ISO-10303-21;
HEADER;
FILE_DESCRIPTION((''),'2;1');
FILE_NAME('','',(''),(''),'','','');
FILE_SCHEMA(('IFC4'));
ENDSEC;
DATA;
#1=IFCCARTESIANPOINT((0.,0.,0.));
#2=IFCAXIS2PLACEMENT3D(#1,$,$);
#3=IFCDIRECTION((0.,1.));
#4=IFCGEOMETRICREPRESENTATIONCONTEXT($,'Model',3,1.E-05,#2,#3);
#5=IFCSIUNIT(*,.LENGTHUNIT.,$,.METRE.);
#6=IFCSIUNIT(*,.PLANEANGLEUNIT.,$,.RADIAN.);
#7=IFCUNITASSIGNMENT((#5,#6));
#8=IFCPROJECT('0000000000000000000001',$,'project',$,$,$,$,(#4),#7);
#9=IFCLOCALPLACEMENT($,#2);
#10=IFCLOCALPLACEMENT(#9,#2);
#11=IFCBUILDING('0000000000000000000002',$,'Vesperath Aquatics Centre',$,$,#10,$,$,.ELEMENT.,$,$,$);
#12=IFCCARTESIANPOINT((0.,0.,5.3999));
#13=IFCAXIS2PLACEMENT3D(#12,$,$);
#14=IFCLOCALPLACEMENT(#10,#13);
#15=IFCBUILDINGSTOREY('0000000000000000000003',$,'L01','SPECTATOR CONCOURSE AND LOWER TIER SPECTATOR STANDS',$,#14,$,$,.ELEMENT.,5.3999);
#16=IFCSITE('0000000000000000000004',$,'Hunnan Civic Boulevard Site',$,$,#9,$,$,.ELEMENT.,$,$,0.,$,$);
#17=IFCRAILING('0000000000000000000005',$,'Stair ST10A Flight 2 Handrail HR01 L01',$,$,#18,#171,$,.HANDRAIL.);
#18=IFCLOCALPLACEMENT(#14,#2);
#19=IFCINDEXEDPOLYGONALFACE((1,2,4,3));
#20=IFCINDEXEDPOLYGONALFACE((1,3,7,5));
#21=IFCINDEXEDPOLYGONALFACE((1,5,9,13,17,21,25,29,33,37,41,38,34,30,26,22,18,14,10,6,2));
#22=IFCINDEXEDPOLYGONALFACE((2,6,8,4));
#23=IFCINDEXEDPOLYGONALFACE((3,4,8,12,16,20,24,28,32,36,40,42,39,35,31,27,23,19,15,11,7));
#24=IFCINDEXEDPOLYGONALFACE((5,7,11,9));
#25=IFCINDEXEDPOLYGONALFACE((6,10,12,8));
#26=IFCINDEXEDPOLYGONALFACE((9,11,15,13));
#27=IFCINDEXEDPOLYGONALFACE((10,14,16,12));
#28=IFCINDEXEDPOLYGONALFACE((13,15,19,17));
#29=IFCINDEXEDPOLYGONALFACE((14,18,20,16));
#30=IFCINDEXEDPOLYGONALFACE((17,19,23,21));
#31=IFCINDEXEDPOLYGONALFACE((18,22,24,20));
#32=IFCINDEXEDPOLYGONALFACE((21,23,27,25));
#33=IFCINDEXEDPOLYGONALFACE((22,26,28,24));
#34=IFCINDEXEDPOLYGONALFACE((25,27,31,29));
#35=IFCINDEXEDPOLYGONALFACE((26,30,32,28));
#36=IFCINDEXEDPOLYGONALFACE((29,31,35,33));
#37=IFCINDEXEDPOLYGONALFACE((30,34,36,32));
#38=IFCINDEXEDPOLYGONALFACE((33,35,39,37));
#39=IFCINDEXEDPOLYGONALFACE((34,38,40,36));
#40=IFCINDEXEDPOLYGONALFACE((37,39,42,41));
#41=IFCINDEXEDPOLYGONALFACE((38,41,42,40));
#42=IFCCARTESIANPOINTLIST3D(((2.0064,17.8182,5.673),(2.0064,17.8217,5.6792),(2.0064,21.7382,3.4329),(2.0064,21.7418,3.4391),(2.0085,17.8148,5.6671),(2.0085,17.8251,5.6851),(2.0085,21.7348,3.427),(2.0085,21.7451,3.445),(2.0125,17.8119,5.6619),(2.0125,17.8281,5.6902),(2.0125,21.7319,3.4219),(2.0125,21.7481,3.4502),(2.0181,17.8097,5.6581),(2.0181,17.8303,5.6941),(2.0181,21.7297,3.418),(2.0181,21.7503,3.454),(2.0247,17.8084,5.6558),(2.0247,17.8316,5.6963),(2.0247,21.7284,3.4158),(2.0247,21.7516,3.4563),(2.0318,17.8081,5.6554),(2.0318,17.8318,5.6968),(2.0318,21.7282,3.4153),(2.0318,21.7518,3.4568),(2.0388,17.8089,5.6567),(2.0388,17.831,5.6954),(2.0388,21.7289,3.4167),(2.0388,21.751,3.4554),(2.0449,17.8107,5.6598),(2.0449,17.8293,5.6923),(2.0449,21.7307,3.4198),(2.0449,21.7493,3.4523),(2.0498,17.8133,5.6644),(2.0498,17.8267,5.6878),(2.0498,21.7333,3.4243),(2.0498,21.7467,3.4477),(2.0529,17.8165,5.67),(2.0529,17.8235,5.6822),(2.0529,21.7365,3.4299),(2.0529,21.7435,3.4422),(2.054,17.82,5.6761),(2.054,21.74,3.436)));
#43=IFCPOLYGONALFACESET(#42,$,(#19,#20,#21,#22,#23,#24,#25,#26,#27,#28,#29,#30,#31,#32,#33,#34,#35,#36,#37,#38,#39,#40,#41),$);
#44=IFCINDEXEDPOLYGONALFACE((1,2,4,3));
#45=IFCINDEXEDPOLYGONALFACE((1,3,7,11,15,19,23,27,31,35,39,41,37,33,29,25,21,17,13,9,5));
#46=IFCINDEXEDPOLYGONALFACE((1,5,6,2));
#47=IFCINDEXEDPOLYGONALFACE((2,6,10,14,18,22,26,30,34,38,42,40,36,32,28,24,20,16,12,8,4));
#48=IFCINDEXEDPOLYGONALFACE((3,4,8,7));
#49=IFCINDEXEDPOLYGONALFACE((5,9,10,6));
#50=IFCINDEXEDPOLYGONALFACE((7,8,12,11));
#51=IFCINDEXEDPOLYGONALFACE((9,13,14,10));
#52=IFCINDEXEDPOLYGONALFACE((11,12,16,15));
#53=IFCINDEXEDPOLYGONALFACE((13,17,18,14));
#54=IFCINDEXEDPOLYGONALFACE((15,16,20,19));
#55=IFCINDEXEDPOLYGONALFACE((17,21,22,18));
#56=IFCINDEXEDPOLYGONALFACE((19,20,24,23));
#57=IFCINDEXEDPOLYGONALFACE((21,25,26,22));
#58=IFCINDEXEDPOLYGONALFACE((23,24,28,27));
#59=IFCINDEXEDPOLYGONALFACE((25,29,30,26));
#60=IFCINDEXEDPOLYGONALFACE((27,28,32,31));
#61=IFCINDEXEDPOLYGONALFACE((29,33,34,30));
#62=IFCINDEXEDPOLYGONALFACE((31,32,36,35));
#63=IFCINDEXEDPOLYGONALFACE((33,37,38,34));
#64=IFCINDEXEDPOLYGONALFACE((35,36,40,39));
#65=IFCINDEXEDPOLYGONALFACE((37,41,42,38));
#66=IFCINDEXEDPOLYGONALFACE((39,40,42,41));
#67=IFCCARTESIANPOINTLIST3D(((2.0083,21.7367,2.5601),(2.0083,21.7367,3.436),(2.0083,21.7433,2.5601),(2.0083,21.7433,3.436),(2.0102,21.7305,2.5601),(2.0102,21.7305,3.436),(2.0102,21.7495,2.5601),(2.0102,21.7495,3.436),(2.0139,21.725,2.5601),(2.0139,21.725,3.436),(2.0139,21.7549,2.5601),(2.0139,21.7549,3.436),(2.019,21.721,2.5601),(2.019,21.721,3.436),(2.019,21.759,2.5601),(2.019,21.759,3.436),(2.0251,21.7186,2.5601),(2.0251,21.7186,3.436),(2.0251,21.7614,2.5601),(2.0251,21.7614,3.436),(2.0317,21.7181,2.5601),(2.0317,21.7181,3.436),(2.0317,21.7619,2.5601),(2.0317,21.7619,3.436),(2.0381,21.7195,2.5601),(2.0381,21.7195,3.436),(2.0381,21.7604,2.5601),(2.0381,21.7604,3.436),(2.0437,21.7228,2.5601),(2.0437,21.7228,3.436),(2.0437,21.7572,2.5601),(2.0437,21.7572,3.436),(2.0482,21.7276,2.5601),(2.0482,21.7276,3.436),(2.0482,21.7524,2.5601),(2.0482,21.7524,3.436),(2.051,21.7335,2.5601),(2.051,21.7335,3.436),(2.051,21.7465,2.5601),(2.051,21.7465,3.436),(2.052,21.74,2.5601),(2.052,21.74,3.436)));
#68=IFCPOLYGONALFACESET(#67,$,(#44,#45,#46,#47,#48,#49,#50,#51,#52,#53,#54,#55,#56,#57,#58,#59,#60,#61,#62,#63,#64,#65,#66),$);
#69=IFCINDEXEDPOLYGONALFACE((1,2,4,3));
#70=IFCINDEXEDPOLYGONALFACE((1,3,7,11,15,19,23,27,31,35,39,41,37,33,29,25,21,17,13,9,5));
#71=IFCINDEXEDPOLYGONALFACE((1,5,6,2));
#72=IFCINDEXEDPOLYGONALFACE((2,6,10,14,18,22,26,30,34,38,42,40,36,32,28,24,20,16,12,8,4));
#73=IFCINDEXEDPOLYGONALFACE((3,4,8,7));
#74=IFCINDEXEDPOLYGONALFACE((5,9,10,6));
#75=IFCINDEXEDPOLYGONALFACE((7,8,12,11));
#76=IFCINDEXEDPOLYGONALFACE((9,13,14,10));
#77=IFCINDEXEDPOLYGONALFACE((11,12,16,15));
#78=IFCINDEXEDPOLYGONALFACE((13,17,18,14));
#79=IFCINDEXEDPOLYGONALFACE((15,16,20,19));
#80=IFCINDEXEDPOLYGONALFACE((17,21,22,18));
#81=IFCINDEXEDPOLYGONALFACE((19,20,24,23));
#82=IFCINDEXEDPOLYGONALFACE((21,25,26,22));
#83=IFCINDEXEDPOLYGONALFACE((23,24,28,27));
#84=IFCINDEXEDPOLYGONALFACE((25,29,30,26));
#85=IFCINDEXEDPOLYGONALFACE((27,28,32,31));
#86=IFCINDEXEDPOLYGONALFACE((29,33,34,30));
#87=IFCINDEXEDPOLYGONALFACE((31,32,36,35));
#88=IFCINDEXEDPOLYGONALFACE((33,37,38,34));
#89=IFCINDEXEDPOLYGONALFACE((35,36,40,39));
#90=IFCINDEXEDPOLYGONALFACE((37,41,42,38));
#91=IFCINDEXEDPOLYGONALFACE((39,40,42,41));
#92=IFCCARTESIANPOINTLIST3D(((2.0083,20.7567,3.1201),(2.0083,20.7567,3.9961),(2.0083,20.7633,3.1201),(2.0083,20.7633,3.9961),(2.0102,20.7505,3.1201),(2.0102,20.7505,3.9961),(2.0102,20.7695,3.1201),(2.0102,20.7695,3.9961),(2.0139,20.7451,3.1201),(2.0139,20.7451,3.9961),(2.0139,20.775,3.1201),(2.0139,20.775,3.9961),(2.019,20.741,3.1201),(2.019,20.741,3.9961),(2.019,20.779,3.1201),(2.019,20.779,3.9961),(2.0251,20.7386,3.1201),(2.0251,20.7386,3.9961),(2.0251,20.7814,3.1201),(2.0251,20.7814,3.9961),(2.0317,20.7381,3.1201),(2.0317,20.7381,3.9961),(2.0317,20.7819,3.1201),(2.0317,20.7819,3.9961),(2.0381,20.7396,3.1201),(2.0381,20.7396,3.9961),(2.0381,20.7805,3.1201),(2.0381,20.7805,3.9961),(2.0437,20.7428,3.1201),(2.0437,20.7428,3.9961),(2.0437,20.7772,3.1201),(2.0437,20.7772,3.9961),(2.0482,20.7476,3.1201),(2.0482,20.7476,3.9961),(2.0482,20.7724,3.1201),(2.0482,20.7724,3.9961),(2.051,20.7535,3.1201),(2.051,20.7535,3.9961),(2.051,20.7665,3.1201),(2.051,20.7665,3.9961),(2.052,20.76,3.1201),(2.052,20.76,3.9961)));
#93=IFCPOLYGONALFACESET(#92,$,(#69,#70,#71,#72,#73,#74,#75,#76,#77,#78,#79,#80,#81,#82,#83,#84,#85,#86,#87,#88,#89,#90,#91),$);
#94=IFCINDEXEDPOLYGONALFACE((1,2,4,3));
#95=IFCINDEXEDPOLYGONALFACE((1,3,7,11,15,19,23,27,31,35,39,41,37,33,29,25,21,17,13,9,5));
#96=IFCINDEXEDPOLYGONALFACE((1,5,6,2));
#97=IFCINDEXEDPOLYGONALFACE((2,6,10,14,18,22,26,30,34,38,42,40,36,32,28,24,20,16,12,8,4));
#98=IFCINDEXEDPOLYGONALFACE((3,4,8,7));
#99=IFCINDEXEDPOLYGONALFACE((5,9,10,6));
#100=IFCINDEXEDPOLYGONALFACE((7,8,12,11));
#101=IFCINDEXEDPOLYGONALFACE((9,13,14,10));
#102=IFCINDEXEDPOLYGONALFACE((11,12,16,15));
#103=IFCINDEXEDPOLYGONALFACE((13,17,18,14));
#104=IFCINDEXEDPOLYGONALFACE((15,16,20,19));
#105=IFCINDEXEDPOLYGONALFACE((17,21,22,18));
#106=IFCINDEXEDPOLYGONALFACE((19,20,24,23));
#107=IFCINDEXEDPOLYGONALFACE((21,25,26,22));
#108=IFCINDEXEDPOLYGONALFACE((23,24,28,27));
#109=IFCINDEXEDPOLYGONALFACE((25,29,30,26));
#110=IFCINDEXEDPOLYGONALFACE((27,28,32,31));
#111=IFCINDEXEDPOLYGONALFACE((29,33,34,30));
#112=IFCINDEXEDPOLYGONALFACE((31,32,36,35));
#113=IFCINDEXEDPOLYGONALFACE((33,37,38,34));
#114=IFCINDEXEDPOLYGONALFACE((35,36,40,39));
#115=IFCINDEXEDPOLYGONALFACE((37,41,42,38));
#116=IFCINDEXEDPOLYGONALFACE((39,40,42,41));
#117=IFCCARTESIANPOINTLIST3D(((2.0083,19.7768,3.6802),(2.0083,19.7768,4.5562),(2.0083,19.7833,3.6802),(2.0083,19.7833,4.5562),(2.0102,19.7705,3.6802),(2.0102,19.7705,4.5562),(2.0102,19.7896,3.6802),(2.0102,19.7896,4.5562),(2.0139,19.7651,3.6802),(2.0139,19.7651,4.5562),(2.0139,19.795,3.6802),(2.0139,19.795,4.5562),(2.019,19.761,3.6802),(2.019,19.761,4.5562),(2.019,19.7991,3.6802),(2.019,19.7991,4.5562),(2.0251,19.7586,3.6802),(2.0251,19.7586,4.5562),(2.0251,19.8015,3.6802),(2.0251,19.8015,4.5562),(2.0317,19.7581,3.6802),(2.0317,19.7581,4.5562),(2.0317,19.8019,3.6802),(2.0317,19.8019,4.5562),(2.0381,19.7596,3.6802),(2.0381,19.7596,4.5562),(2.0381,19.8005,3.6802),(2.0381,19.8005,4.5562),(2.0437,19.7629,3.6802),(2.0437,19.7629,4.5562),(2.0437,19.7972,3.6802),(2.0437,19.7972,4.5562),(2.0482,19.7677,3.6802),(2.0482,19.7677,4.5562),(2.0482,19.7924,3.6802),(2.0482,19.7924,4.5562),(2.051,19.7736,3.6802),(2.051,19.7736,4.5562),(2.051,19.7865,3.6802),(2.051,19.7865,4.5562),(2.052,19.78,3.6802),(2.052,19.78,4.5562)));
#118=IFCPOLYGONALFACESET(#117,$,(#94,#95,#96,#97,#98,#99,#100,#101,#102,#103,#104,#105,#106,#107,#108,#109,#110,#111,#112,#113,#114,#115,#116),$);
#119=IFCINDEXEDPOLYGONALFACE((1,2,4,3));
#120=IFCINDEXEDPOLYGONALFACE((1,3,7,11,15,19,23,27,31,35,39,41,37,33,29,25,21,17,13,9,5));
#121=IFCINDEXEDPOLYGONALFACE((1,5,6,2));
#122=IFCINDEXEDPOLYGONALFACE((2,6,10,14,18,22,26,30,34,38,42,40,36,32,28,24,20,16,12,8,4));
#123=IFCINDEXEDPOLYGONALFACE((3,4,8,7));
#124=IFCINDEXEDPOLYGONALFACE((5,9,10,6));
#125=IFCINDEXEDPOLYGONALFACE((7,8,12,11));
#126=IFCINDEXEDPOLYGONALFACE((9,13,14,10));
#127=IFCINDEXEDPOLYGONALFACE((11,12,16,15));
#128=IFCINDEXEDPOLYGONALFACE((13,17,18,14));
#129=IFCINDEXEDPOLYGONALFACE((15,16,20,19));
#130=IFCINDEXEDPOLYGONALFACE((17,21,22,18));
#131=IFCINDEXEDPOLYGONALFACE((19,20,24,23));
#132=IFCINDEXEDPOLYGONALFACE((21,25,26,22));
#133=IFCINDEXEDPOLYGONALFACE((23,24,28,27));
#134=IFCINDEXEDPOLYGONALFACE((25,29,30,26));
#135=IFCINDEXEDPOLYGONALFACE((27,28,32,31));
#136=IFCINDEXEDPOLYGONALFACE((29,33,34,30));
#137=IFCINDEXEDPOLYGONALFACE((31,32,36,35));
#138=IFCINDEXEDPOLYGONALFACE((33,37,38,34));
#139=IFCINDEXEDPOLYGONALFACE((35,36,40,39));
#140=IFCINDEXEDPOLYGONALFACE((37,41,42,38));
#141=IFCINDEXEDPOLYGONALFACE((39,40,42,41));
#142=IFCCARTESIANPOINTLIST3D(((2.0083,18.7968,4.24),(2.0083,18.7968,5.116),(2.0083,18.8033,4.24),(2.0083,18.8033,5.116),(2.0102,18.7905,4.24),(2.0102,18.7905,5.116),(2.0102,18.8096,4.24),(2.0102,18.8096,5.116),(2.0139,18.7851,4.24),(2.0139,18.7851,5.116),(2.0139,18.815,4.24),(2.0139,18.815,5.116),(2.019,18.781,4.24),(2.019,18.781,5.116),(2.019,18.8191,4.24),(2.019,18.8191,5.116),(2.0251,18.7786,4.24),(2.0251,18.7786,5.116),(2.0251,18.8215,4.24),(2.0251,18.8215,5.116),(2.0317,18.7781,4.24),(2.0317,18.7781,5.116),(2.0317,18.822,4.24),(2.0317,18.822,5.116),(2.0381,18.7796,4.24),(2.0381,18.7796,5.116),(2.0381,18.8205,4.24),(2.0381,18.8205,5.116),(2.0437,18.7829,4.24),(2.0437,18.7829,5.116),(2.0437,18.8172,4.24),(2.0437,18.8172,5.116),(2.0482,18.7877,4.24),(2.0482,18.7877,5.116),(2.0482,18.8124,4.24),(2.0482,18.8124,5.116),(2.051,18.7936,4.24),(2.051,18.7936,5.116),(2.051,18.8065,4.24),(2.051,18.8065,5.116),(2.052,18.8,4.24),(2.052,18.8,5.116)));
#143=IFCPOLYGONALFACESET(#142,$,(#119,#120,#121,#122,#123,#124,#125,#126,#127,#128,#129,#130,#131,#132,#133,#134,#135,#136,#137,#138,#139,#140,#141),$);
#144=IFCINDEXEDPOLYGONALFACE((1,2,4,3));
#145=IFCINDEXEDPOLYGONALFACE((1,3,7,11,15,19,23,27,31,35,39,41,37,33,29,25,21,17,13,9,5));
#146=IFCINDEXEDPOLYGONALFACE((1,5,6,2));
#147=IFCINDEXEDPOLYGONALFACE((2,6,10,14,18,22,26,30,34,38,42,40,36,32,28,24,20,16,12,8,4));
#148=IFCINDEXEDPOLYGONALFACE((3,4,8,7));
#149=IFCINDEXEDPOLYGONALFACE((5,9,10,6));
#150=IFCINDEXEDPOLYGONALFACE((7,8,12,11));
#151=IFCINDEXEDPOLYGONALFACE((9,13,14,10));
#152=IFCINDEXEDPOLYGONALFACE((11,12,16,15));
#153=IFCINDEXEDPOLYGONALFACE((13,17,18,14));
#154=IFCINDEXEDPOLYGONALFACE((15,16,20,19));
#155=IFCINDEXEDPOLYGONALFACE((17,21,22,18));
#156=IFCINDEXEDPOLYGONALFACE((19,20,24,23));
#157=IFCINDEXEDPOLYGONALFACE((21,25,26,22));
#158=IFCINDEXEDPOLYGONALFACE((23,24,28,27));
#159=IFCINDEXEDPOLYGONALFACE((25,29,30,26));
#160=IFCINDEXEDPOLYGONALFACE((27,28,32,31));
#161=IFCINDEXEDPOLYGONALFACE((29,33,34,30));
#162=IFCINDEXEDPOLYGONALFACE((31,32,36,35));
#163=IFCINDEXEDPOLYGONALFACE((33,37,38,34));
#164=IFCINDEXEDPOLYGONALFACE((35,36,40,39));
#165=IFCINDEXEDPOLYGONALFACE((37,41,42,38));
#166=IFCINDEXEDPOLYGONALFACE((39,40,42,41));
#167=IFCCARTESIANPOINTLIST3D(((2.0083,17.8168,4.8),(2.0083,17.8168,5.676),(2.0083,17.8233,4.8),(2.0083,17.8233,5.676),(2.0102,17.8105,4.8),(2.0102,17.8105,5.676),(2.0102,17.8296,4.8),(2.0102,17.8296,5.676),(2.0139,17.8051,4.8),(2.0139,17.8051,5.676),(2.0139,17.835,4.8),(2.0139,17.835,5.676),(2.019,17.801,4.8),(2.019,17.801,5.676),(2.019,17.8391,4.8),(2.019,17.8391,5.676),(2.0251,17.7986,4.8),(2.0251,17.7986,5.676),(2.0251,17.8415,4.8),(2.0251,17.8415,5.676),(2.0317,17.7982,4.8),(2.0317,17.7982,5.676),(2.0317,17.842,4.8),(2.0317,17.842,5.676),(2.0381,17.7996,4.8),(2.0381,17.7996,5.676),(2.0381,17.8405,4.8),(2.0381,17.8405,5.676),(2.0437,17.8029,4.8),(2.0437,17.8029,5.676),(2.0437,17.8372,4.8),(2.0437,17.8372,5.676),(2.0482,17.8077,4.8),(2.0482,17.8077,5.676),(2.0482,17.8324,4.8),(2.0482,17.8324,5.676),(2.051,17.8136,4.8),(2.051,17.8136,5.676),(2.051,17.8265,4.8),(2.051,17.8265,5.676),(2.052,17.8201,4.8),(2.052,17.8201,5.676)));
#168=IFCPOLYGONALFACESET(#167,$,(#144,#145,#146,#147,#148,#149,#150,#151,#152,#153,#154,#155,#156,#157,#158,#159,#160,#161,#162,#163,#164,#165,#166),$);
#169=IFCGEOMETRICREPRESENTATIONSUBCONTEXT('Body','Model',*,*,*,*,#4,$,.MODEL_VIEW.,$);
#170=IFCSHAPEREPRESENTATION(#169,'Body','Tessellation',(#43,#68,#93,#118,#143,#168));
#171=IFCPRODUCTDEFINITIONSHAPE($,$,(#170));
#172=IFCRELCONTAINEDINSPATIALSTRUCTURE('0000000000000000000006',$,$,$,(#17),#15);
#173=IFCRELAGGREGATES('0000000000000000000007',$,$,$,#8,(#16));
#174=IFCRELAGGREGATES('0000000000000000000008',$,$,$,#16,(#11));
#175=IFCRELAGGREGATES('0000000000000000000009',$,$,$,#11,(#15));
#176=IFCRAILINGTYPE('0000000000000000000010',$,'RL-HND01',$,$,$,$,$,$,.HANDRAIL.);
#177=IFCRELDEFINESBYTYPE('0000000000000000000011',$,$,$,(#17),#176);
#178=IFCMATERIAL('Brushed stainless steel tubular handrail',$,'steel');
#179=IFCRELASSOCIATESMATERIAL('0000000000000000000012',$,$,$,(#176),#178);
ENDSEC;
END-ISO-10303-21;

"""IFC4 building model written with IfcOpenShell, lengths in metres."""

from ifc_helpers import new_model, si_unit, direction, frame, origin, origin_2d, place, context, subcontext, project, spatial, circle, extrude, material, type_object, element, save


model = new_model("IFC4")

# Units and contexts
model_context = context("Model", 3, precision=1e-05, world=origin(), true_north=direction((0.0, 1.0)))
body_context = subcontext(model_context, "Body", "Model", "MODEL_VIEW")
ifc_project = project(units=[si_unit("LENGTHUNIT", "METRE"), si_unit("PLANEANGLEUNIT", "RADIAN")], contexts=[model_context])

# Site, building, storey
site_placement = place(None, origin())
site = spatial("IfcSite", under=ifc_project, at=site_placement, Name="Hunnan Civic Boulevard Site", CompositionType="ELEMENT", RefElevation=0.0)
building_placement = place(site_placement, origin())
building = spatial("IfcBuilding", under=site, at=building_placement, Name="Vesperath Aquatics Centre", CompositionType="ELEMENT")
storey_placement = place(building_placement, frame((0.0, 0.0, 5.3999)))
storey = spatial("IfcBuildingStorey", under=building, at=storey_placement, Name="L01", Description="SPECTATOR CONCOURSE AND LOWER TIER SPECTATOR STANDS", CompositionType="ELEMENT", Elevation=5.3999)

# Railing
ifc_material_1 = material(Name="Brushed stainless steel tubular handrail", Category="steel")
railing_type_1 = type_object("IfcRailingType", Name="RL-HND01", PredefinedType="HANDRAIL", material=ifc_material_1)
railing_1_placement = place(storey_placement, frame((2.03, 21.74, 2.5601)))
element("IfcRailing", 1, at=railing_1_placement, inside=storey, type_object=railing_type_1, Name="Stair ST10A Flight 2 Handrail HR01 L01", PredefinedType="HANDRAIL", context=body_context, shape_type="SweptSolid", body=[
    extrude(circle(Radius=0.0239, at=origin_2d()), frame((0.0, 0.0, 0.876), z_axis=(0.0, -0.86824, 0.496145), x_axis=(1.0, 0.0, 0.0)), (0.0, 0.0, 1.0), 4.5149),
    extrude(circle(Radius=0.022, at=origin_2d()), origin(), (0.0, 0.0, 1.0), 0.876),
    extrude(circle(Radius=0.022, at=origin_2d()), frame((0.0, -0.98, 0.5601)), (0.0, 0.0, 1.0), 0.876),
    extrude(circle(Radius=0.022, at=origin_2d()), frame((0.0, -1.96, 1.1201)), (0.0, 0.0, 1.0), 0.876),
    extrude(circle(Radius=0.022, at=origin_2d()), frame((0.0, -2.9399, 1.6799)), (0.0, 0.0, 1.0), 0.876),
    extrude(circle(Radius=0.022, at=origin_2d()), frame((0.0, -3.9199, 2.24)), (0.0, 0.0, 1.0), 0.876),
])

save(model, "model.ifc")
